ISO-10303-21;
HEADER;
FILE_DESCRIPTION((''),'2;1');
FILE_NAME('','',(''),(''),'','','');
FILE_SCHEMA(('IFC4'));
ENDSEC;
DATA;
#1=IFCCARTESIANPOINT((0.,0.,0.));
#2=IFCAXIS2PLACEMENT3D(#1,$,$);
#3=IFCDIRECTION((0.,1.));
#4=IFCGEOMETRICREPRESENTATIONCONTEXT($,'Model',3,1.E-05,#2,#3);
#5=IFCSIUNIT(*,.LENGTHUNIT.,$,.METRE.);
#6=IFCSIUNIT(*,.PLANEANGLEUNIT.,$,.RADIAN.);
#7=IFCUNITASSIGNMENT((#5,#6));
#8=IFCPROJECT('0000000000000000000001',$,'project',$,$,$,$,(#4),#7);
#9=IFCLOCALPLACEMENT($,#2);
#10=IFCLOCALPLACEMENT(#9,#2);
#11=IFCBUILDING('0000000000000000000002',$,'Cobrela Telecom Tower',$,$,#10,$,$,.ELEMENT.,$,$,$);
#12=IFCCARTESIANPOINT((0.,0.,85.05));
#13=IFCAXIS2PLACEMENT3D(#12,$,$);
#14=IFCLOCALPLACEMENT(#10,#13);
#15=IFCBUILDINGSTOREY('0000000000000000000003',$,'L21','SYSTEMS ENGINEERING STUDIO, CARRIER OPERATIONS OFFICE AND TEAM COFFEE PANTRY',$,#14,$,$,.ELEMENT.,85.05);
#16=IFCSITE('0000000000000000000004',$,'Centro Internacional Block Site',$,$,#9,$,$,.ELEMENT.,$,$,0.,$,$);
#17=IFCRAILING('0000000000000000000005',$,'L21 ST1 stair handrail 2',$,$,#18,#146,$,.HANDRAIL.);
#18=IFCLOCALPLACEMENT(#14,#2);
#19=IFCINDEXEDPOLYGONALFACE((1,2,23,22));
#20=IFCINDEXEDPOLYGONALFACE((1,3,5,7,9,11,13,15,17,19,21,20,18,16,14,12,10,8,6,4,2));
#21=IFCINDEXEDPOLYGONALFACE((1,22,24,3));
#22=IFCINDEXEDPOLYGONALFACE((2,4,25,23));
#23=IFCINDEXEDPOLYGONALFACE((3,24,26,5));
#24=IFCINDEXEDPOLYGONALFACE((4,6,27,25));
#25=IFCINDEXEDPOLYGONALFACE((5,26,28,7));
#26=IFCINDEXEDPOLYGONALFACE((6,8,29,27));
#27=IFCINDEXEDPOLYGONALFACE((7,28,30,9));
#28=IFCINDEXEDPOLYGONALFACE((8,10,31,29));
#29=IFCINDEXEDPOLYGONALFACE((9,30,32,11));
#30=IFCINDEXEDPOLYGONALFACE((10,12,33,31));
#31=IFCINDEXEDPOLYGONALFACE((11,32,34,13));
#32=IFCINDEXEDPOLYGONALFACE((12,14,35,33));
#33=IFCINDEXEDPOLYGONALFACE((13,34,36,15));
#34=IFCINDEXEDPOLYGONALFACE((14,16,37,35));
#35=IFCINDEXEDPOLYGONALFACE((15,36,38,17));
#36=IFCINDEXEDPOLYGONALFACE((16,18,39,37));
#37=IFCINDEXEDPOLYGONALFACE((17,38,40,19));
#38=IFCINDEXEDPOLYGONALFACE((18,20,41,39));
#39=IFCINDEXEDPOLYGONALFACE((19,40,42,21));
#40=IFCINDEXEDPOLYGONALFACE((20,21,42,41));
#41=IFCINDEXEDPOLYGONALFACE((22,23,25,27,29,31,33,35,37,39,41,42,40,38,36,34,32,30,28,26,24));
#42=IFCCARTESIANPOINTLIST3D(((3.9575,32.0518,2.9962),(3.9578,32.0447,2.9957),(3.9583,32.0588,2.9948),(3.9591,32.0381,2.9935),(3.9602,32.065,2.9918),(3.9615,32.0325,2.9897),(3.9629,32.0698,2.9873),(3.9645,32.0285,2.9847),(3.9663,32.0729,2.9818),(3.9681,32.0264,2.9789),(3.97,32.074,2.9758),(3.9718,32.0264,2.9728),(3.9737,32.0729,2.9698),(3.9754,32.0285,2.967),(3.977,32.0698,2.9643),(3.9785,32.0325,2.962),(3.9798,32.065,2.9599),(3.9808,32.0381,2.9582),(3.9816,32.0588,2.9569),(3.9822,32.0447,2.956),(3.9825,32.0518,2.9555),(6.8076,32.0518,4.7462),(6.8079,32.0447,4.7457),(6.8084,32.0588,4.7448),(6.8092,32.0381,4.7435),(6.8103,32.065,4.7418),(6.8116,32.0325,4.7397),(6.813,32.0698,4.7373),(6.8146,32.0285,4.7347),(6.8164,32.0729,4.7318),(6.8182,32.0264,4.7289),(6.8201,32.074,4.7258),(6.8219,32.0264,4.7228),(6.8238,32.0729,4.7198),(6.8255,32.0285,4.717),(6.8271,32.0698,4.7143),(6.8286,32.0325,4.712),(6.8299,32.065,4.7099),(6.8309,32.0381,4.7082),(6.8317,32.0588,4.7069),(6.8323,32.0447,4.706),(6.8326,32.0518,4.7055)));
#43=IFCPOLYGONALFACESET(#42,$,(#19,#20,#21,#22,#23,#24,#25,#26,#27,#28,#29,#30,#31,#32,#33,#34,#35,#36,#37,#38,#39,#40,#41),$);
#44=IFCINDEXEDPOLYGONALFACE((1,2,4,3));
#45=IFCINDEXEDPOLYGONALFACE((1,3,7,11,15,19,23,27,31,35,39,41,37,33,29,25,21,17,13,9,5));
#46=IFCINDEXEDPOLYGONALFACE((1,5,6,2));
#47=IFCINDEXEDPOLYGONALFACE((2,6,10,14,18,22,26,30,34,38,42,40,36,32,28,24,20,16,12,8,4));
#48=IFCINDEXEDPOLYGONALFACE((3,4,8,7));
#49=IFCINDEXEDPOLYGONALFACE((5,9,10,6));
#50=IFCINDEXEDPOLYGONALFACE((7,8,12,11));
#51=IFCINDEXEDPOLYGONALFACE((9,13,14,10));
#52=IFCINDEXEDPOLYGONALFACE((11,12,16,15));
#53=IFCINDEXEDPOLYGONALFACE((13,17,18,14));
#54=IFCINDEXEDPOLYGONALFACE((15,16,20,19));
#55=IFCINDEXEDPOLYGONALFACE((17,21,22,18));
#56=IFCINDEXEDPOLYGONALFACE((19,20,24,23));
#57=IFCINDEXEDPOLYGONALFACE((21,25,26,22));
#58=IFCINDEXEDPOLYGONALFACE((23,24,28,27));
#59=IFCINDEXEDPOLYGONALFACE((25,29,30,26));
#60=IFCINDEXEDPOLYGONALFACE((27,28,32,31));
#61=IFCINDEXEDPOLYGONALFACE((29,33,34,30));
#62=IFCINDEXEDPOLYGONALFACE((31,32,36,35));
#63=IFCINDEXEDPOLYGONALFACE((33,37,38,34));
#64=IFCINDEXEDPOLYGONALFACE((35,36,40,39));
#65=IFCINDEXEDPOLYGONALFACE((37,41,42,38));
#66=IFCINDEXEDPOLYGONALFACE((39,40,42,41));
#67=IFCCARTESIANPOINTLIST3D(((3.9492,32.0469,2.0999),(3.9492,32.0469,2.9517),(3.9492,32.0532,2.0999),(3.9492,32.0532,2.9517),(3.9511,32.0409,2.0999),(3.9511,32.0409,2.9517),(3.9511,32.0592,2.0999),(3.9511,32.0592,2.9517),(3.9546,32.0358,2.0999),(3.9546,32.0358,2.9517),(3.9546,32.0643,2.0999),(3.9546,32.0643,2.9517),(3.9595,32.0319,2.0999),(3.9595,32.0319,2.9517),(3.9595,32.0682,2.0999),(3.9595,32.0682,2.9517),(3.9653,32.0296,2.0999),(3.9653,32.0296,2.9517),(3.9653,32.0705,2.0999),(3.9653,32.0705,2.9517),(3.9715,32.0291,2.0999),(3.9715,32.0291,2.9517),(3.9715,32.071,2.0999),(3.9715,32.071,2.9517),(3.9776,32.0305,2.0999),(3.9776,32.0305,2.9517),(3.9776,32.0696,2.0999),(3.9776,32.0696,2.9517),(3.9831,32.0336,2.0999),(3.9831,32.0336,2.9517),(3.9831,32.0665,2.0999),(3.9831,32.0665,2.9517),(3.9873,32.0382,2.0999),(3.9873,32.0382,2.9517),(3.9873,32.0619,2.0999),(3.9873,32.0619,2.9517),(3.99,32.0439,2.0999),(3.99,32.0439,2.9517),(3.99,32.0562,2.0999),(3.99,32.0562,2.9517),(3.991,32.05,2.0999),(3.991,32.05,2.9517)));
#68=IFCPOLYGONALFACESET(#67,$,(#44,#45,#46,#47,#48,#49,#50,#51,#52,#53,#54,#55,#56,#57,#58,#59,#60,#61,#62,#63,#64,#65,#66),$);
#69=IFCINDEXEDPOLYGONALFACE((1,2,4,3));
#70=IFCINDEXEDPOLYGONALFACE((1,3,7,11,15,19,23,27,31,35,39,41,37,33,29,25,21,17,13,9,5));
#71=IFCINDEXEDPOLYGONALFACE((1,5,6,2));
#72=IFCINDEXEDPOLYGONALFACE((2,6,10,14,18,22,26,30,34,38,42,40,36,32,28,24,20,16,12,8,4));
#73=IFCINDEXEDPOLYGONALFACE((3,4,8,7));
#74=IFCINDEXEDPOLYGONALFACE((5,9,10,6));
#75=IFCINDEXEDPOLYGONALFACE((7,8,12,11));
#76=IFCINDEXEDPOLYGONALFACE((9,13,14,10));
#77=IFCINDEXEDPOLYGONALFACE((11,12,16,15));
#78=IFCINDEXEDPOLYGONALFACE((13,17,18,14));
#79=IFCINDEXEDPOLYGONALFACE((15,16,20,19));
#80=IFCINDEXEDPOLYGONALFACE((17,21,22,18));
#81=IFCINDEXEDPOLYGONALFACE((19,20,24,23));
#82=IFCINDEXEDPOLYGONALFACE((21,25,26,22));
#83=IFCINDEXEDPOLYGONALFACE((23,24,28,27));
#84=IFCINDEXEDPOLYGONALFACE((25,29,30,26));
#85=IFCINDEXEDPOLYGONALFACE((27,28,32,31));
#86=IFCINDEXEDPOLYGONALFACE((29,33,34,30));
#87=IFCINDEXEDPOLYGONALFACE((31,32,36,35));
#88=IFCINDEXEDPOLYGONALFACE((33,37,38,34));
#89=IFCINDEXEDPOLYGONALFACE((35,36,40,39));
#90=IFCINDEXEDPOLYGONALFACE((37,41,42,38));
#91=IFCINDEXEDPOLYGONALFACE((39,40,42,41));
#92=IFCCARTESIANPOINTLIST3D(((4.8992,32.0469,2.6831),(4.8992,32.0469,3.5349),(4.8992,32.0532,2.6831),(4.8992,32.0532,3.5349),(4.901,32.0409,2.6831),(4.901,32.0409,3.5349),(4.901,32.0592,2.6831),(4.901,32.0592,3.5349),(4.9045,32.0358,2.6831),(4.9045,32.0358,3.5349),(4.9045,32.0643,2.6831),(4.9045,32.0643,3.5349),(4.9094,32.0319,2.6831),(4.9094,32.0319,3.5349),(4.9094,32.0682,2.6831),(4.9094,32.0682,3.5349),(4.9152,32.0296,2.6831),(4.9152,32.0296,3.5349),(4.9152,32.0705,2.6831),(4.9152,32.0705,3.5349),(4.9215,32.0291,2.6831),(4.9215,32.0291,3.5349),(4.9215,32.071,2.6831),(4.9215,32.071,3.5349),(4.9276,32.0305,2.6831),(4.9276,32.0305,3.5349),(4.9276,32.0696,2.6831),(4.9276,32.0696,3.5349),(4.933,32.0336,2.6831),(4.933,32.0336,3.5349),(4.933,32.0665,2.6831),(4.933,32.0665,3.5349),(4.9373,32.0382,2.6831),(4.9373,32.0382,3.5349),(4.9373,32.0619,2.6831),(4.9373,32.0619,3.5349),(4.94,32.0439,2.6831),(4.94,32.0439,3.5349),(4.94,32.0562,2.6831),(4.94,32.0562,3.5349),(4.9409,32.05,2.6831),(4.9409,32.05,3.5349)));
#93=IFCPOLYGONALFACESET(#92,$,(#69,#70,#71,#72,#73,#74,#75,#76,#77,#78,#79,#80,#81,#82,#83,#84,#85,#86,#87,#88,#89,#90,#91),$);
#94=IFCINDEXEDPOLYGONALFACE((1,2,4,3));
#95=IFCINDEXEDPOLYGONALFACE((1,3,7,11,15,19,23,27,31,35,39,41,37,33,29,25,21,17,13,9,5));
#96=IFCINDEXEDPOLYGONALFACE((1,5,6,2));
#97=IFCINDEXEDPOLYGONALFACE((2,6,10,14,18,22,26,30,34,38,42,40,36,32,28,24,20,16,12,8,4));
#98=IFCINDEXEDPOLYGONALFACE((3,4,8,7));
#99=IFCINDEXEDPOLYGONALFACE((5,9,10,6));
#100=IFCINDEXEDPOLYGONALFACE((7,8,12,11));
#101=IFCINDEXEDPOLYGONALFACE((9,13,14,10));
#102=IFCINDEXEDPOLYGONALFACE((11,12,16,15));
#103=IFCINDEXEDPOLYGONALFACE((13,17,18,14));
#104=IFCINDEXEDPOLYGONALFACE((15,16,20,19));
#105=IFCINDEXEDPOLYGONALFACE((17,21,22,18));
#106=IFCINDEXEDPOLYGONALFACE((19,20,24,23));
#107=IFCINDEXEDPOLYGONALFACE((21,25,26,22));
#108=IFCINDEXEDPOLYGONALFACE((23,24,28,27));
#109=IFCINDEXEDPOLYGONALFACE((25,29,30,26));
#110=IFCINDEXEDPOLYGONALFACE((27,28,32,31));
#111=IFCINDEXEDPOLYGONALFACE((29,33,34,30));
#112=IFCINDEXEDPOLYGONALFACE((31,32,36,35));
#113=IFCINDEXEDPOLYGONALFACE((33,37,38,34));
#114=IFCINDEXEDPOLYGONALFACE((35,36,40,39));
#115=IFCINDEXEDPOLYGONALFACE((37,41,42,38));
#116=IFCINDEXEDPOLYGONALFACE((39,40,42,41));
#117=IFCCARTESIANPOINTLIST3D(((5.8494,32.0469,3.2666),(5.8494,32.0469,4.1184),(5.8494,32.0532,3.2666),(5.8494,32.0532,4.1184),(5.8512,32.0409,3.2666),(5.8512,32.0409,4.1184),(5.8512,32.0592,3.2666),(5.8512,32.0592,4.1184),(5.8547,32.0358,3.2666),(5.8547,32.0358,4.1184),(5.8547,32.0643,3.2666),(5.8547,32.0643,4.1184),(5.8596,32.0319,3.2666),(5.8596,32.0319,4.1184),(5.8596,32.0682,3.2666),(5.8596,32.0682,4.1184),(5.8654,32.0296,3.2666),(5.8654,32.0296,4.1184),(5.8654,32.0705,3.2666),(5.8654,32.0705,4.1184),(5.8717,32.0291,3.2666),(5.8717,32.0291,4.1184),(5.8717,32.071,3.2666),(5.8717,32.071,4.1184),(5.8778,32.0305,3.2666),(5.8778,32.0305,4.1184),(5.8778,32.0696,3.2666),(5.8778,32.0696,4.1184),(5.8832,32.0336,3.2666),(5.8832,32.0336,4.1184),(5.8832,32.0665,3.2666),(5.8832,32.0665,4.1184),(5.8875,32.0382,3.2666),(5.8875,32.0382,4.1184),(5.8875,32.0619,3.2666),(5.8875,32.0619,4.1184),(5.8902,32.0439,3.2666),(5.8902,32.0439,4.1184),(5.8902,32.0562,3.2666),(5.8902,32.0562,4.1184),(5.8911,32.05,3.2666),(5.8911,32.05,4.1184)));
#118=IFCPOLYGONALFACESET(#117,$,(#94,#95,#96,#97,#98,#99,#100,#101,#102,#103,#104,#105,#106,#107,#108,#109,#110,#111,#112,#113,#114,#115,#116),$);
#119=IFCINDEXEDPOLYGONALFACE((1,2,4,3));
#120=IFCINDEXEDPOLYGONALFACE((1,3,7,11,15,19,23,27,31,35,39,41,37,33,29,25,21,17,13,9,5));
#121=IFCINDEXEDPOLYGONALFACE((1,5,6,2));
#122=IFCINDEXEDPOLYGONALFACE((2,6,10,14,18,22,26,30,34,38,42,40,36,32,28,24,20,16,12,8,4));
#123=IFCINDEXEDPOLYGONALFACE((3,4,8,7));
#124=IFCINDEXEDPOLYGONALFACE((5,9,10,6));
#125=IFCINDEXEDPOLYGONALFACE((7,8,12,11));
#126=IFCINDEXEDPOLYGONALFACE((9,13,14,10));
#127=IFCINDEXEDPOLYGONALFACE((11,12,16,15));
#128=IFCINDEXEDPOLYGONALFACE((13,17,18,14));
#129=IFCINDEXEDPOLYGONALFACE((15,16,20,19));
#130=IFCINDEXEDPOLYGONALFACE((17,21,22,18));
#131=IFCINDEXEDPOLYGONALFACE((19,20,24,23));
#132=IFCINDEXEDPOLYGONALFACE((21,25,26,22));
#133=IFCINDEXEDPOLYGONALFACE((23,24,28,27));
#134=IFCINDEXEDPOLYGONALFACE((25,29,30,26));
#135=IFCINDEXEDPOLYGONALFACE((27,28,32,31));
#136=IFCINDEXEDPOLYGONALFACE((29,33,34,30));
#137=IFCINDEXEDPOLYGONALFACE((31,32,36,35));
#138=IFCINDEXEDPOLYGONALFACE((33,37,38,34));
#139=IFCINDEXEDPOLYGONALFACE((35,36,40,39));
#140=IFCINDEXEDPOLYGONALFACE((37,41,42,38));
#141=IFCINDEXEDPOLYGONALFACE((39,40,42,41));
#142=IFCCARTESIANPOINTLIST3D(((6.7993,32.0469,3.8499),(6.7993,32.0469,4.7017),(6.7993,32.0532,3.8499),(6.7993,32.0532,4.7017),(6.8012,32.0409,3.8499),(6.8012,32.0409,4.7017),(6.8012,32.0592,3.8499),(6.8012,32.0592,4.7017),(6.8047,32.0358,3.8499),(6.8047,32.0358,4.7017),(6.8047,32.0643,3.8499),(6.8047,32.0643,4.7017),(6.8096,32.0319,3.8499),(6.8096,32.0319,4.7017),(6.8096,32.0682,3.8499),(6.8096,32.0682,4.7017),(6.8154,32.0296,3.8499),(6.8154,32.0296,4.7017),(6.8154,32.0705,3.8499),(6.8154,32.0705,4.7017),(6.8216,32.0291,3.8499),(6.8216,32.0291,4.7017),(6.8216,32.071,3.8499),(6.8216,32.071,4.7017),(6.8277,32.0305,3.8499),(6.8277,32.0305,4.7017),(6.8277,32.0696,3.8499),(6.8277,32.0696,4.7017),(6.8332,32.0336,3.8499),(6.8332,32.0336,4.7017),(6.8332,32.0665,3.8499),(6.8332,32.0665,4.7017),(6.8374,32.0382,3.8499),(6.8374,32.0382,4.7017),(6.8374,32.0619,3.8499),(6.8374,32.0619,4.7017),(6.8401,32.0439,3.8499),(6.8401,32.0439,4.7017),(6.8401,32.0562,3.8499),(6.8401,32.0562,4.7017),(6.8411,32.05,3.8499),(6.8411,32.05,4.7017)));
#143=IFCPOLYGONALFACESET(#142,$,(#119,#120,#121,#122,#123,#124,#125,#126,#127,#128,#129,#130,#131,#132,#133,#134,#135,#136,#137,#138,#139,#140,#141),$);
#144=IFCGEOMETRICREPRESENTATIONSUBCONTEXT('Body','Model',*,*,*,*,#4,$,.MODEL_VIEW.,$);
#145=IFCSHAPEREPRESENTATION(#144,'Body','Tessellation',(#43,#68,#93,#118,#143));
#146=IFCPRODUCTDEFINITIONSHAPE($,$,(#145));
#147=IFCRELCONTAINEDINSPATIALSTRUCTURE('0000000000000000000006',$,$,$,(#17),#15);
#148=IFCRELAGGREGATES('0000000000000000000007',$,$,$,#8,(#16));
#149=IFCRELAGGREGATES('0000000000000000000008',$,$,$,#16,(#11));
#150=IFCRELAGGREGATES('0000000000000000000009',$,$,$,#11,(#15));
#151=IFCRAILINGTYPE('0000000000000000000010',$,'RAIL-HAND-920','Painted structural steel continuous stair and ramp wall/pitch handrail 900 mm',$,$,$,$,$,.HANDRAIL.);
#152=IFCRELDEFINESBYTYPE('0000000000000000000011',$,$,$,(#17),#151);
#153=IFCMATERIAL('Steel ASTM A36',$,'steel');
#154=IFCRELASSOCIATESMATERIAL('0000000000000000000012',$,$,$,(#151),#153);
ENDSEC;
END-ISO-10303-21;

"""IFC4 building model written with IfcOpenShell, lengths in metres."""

from ifc_helpers import new_model, si_unit, direction, frame, origin, origin_2d, place, context, subcontext, project, spatial, circle, extrude, material, type_object, element, save


model = new_model("IFC4")

# Units and contexts
model_context = context("Model", 3, precision=1e-05, world=origin(), true_north=direction((0.0, 1.0)))
body_context = subcontext(model_context, "Body", "Model", "MODEL_VIEW")
ifc_project = project(units=[si_unit("LENGTHUNIT", "METRE"), si_unit("PLANEANGLEUNIT", "RADIAN")], contexts=[model_context])

# Site, building, storey
site_placement = place(None, origin())
site = spatial("IfcSite", under=ifc_project, at=site_placement, Name="Centro Internacional Block Site", CompositionType="ELEMENT", RefElevation=0.0)
building_placement = place(site_placement, origin())
building = spatial("IfcBuilding", under=site, at=building_placement, Name="Cobrela Telecom Tower", CompositionType="ELEMENT")
storey_placement = place(building_placement, frame((0.0, 0.0, 85.05)))
storey = spatial("IfcBuildingStorey", under=building, at=storey_placement, Name="L21", Description="SYSTEMS ENGINEERING STUDIO, CARRIER OPERATIONS OFFICE AND TEAM COFFEE PANTRY", CompositionType="ELEMENT", Elevation=85.05)

# Shared definitions
ifc_material_1 = material(Name="Steel ASTM A36", Category="steel")

# Railing
railing_type_1 = type_object("IfcRailingType", Name="RAIL-HAND-920", Description="Painted structural steel continuous stair and ramp wall/pitch handrail 900 mm", PredefinedType="HANDRAIL", material=ifc_material_1)
railing_1_placement = place(storey_placement, frame((3.97, 32.05, 2.0999)))
element("IfcRailing", 1, at=railing_1_placement, inside=storey, type_object=railing_type_1, Name="L21 ST1 stair handrail 2", PredefinedType="HANDRAIL", context=body_context, shape_type="SweptSolid", body=[
    extrude(circle(Radius=0.0239, at=origin_2d()), frame((0.0, 0.0, 0.876), z_axis=(0.852179, 0.0, 0.52325), x_axis=(0.0, 1.0, 0.0)), (0.0, 0.0, 1.0), 3.3445),
    extrude(circle(Radius=0.021, at=origin_2d()), origin(), (0.0, 0.0, 1.0), 0.8518),
    extrude(circle(Radius=0.021, at=origin_2d()), frame((0.95, 0.0, 0.5833)), (0.0, 0.0, 1.0), 0.8518),
    extrude(circle(Radius=0.021, at=origin_2d()), frame((1.9001, 0.0, 1.1667)), (0.0, 0.0, 1.0), 0.8518),
    extrude(circle(Radius=0.021, at=origin_2d()), frame((2.8501, 0.0, 1.75)), (0.0, 0.0, 1.0), 0.8518),
])

save(model, "model.ifc")
